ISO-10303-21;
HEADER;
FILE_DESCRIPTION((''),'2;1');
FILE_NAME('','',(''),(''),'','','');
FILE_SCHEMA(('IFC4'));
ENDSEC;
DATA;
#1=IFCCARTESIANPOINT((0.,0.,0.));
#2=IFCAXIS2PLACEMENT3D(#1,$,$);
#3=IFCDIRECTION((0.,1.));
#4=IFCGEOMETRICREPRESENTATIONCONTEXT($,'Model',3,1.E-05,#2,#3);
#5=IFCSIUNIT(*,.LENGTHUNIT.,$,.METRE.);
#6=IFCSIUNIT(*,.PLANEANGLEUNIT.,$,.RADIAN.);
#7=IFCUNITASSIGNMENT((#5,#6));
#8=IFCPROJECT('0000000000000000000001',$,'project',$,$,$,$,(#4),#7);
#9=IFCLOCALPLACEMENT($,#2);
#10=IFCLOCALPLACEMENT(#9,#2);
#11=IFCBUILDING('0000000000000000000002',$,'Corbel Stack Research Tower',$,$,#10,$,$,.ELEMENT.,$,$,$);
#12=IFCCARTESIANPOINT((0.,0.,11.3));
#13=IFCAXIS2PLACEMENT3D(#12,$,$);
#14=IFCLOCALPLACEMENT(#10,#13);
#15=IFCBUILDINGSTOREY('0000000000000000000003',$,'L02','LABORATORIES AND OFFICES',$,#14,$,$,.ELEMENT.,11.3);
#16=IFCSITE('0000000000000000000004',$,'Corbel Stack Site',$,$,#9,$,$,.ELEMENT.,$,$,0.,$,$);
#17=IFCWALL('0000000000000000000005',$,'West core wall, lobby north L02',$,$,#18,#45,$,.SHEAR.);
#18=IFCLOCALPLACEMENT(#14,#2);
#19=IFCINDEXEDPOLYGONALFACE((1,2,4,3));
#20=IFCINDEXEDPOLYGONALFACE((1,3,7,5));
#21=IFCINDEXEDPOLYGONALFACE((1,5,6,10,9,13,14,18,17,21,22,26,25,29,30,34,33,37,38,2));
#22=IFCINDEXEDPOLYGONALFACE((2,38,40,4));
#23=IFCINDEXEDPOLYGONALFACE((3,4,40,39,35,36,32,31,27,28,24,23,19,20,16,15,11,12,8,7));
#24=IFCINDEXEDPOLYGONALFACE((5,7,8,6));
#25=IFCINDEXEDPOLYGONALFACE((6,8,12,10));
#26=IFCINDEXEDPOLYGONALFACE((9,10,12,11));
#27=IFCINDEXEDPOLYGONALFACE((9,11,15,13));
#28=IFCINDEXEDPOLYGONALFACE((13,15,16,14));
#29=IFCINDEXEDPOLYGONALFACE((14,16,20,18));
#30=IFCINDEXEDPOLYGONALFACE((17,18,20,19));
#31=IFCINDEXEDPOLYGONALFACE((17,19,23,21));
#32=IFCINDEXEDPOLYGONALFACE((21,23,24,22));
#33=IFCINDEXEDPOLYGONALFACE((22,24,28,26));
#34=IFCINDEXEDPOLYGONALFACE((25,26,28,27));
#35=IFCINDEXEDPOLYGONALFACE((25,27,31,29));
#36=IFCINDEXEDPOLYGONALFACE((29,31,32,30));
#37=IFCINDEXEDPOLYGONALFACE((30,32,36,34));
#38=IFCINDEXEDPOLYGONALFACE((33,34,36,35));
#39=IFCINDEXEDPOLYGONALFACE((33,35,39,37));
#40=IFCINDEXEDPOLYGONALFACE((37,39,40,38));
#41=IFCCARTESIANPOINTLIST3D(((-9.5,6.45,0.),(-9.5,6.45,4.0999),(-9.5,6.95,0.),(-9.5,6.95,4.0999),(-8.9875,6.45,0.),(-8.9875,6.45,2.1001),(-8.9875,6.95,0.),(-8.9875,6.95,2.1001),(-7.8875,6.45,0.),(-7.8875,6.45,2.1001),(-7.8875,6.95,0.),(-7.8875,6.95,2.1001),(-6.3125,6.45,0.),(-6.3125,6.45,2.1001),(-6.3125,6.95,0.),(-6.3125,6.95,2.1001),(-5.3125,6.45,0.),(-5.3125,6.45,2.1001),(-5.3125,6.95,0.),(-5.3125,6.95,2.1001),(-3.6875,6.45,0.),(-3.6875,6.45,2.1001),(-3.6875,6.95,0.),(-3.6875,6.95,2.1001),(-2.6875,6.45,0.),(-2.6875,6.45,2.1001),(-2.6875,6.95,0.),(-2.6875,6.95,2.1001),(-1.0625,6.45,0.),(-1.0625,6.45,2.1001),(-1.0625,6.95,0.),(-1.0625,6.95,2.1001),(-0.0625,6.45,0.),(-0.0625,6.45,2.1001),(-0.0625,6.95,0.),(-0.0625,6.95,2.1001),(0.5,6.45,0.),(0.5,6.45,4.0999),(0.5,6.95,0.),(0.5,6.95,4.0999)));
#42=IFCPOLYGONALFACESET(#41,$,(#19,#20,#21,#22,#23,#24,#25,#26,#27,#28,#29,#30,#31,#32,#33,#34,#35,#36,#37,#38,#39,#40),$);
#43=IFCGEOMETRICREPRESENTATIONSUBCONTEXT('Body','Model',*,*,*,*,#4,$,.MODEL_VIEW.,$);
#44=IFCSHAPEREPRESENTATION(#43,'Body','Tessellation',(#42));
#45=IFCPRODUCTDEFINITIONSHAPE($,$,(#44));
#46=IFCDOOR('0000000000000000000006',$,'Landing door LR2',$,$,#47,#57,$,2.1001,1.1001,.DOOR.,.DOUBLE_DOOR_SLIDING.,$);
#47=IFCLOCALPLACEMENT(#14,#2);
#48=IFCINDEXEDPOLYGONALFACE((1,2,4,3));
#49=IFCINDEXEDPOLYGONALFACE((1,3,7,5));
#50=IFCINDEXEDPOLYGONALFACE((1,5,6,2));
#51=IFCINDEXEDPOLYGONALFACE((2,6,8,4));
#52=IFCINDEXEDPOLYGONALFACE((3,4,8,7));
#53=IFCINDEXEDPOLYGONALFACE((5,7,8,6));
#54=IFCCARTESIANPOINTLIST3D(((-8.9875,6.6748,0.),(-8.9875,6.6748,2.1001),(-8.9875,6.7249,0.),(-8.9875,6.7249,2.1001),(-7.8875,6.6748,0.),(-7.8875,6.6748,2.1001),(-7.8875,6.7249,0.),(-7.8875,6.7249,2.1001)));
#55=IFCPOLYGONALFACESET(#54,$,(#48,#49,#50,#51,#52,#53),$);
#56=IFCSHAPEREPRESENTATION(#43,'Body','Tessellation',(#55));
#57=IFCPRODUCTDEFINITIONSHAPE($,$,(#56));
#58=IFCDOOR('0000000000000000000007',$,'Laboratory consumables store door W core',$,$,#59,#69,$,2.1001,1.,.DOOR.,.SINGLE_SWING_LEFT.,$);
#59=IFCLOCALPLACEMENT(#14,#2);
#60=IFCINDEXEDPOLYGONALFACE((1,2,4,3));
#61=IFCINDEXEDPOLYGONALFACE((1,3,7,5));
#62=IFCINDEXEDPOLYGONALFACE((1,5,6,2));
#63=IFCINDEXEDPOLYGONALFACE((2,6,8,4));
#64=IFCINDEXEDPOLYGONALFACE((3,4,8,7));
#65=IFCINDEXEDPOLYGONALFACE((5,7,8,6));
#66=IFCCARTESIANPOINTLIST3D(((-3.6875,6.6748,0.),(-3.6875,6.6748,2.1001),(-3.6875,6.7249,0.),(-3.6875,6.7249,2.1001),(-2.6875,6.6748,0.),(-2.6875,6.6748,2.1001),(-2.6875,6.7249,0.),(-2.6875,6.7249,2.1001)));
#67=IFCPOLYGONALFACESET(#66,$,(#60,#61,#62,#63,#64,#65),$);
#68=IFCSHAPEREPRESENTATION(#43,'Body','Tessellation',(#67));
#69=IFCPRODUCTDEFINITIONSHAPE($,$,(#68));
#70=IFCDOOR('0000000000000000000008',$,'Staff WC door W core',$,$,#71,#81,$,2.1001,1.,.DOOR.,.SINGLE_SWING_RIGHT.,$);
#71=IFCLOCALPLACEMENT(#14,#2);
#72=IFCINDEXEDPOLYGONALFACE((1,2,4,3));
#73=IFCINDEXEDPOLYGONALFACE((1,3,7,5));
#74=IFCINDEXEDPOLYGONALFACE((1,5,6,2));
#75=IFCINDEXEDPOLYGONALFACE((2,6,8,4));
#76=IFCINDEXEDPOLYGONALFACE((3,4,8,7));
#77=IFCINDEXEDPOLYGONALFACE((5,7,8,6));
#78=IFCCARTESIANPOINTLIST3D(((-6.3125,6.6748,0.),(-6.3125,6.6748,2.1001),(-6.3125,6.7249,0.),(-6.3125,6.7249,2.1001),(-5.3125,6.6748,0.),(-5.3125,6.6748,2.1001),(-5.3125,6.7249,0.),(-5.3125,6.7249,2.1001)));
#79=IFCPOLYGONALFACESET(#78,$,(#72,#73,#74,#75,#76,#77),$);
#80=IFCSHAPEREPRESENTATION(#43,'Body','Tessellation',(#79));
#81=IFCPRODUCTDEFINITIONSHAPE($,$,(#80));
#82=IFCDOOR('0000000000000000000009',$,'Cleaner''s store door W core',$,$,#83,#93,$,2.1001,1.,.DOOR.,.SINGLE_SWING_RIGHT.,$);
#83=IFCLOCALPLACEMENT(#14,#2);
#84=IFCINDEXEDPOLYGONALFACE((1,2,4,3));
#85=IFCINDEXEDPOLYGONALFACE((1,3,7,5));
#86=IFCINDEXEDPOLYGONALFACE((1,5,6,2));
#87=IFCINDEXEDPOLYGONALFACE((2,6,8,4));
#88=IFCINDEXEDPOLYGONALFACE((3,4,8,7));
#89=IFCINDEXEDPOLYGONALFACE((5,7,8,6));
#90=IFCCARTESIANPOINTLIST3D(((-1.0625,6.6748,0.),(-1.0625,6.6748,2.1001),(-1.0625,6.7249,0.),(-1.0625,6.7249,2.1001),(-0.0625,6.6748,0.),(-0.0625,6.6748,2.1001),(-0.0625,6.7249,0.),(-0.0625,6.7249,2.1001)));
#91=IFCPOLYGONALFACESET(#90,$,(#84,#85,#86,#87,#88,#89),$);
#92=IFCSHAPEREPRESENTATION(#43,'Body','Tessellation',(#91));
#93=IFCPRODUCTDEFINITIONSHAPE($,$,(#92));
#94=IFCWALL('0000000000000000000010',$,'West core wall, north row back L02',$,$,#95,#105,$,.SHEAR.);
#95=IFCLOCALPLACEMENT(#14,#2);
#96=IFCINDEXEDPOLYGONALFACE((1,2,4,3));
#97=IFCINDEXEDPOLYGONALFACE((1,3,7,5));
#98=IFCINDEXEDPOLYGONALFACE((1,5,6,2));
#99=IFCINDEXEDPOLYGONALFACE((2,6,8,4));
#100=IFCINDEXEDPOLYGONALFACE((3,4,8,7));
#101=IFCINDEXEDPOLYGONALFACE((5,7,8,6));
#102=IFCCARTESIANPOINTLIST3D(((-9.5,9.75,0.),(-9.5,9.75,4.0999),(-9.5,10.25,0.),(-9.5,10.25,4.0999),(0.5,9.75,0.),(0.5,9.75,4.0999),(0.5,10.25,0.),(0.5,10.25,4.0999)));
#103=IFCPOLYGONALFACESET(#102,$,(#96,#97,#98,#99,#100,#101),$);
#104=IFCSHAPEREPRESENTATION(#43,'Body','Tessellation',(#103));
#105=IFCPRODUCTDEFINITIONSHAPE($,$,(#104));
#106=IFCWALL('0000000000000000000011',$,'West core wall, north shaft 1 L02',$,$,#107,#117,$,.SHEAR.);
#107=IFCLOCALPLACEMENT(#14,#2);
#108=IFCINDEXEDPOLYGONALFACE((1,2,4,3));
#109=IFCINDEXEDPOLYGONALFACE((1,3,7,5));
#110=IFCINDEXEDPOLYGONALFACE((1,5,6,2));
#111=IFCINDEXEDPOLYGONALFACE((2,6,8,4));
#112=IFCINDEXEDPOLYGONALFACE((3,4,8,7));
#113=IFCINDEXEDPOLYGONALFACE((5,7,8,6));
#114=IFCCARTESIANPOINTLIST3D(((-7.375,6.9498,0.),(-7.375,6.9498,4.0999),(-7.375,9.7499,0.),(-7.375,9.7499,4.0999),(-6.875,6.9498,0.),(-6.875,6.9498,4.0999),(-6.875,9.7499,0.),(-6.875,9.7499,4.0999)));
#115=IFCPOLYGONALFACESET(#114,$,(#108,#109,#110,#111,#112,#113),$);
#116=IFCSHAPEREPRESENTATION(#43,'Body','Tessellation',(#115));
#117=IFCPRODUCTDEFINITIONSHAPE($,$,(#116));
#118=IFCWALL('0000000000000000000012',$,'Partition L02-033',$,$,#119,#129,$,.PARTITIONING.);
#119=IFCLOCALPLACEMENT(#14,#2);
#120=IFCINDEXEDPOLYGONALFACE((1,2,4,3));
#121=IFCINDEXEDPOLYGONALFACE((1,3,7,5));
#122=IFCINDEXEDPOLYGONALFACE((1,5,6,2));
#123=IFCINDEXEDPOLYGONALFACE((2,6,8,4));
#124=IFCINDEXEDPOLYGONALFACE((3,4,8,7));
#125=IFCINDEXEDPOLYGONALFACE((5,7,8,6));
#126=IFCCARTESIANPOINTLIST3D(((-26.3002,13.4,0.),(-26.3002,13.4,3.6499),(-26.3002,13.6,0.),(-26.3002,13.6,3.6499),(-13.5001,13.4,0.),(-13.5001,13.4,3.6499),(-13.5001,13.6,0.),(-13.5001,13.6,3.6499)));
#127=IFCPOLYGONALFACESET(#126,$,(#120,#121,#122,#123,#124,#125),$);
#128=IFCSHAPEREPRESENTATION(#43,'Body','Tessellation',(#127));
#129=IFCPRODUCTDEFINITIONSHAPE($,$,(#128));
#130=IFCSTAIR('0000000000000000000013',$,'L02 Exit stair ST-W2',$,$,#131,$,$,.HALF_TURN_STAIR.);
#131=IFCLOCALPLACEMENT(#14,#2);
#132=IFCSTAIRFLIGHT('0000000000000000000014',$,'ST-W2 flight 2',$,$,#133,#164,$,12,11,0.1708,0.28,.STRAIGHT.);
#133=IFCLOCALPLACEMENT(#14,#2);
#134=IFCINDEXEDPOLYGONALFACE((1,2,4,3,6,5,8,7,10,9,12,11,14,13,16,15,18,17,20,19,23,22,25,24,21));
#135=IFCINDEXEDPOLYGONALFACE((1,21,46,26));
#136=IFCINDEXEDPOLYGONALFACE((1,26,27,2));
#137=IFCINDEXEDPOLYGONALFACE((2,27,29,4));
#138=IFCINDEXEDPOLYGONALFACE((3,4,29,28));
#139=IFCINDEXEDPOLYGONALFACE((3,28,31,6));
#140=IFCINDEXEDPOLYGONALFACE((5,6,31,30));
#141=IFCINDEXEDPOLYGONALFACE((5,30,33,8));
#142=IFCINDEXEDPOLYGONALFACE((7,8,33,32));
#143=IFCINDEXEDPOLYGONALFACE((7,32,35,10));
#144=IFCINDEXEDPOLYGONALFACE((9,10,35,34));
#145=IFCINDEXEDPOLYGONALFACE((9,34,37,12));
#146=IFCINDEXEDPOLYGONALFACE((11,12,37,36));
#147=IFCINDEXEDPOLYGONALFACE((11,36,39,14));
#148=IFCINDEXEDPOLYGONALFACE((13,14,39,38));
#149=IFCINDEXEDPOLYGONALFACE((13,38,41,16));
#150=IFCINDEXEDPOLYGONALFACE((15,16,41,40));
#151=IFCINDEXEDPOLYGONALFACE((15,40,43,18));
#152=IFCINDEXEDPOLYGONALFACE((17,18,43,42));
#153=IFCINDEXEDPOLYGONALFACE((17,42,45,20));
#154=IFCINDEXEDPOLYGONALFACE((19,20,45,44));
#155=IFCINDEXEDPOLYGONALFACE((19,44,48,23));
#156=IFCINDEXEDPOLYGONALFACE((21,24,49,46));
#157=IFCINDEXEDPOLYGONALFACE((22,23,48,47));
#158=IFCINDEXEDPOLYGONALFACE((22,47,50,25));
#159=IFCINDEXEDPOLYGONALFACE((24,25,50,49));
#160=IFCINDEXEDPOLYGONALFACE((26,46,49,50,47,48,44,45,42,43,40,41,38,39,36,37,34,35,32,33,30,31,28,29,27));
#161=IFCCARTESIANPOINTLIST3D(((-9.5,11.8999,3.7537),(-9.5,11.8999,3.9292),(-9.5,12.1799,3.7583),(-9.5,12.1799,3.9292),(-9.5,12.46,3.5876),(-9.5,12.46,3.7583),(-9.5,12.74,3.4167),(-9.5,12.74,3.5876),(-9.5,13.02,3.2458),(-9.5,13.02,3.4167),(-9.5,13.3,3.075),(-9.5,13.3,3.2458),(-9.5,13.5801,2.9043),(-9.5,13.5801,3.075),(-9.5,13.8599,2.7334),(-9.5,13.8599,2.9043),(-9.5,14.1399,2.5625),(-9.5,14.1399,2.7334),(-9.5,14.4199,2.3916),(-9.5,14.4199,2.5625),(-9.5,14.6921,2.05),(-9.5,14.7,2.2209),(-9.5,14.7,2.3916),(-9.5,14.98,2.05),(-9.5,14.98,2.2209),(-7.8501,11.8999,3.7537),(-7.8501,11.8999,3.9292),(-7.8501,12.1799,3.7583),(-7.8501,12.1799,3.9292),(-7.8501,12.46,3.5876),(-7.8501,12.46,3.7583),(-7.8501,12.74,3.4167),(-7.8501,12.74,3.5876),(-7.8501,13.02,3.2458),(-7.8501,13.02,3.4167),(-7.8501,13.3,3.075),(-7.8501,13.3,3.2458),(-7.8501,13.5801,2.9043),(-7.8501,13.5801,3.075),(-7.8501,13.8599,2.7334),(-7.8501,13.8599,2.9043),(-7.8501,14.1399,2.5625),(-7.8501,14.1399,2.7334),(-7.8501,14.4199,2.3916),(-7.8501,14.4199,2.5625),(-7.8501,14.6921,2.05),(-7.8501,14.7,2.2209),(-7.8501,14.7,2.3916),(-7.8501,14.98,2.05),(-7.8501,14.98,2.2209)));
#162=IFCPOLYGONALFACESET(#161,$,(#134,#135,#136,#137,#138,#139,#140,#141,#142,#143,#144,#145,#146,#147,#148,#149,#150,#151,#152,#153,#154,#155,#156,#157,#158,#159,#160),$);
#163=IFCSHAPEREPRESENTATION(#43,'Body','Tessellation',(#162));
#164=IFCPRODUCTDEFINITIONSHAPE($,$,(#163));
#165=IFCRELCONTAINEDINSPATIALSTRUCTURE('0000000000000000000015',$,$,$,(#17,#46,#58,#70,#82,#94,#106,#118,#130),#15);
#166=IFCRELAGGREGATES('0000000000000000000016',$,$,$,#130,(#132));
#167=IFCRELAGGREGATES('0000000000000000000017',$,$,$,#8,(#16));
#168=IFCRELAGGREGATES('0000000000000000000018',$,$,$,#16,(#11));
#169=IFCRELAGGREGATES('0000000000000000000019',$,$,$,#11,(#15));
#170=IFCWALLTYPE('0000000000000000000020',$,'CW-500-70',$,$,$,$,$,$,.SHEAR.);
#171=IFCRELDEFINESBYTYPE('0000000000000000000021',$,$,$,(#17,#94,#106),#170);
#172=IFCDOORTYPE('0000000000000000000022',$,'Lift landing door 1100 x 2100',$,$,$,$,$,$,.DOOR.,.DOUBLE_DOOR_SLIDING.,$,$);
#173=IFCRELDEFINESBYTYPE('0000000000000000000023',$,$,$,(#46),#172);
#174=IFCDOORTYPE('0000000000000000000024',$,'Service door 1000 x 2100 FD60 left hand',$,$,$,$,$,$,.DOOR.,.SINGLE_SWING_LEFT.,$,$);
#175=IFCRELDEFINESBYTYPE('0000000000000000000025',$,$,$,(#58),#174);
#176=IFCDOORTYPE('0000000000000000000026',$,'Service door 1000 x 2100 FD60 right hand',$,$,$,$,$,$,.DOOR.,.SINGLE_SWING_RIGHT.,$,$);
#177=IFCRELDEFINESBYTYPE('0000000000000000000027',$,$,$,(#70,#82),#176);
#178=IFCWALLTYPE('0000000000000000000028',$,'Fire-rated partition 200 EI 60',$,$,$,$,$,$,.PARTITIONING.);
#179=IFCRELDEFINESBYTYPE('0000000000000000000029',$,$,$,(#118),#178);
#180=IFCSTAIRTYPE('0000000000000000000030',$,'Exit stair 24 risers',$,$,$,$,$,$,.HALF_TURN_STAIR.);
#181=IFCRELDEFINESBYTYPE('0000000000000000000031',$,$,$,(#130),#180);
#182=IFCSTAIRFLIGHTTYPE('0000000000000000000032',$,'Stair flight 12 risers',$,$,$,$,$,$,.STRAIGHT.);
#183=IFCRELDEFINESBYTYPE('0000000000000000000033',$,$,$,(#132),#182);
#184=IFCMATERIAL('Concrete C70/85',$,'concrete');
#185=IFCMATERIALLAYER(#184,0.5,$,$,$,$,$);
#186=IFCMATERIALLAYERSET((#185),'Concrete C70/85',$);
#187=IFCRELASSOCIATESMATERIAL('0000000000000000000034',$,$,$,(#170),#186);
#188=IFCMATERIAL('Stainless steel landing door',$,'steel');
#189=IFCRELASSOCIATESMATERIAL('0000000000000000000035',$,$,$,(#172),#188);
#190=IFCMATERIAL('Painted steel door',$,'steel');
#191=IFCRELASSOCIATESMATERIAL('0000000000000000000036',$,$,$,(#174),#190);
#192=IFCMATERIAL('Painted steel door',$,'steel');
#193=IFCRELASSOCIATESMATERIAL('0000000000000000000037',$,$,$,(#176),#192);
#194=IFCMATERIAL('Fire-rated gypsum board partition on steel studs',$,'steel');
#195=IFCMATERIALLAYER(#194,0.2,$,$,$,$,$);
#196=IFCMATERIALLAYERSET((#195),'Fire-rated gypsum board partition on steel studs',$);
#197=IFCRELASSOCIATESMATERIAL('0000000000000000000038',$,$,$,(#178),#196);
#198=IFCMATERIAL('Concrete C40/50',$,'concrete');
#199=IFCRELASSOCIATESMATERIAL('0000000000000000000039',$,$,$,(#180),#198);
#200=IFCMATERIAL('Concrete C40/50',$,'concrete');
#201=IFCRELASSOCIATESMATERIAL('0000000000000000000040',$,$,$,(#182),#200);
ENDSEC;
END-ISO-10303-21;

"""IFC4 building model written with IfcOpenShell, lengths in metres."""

from ifc_helpers import new_model, si_unit, direction, frame, frame_2d, origin, place, context, subcontext, project, spatial, polyline, rectangle, outline, extrude, material, layer, layer_set, type_object, element, fill, aggregate, save


model = new_model("IFC4")

# Units and contexts
model_context = context("Model", 3, precision=1e-05, world=origin(), true_north=direction((0.0, 1.0)))
body_context = subcontext(model_context, "Body", "Model", "MODEL_VIEW")
ifc_project = project(units=[si_unit("LENGTHUNIT", "METRE"), si_unit("PLANEANGLEUNIT", "RADIAN")], contexts=[model_context])

# Site, building, storey
site_placement = place(None, origin())
site = spatial("IfcSite", under=ifc_project, at=site_placement, Name="Corbel Stack Site", CompositionType="ELEMENT", RefElevation=0.0)
building_placement = place(site_placement, origin())
building = spatial("IfcBuilding", under=site, at=building_placement, Name="Corbel Stack Research Tower", CompositionType="ELEMENT")
storey_placement = place(building_placement, frame((0.0, 0.0, 11.3)))
storey = spatial("IfcBuildingStorey", under=building, at=storey_placement, Name="L02", Description="LABORATORIES AND OFFICES", CompositionType="ELEMENT", Elevation=11.3)

# Wall, openings, doors
ifc_material_1 = material(Name="Concrete C70/85", Category="concrete")
ifc_layer_1 = layer(ifc_material_1, 0.5)
ifc_layer_set_1 = layer_set([ifc_layer_1], Name="Concrete C70/85")
wall_type_1 = type_object("IfcWallType", Name="CW-500-70", PredefinedType="SHEAR", material=ifc_layer_set_1)
ifc_material_2 = material(Name="Stainless steel landing door", Category="steel")
door_type_1 = type_object("IfcDoorType", Name="Lift landing door 1100 x 2100", OperationType="DOUBLE_DOOR_SLIDING", PredefinedType="DOOR", material=ifc_material_2)
wall_1_placement = place(storey_placement, frame((-9.5, 6.7, 0.0), z_axis=(0.0, 0.0, 1.0), x_axis=(1.0, 0.0, 0.0)))
wall_1 = element("IfcWall", 1, at=wall_1_placement, inside=storey, type_object=wall_type_1, Name="West core wall, lobby north L02", PredefinedType="SHEAR", context=body_context, shape_type="SweptSolid", body=[
    extrude(rectangle(XDim=10.0, YDim=0.5, at=frame_2d((5.0, 0.0))), origin(), (0.0, 0.0, 1.0), 4.0999),
])
opening_1_placement = place(wall_1_placement, frame((0.5125, 0.0, 0.0)))
opening_1 = element("IfcOpeningElement", 2, at=opening_1_placement, cuts=wall_1, PredefinedType="OPENING", context=body_context, shape_type="SweptSolid", body=[
    extrude(rectangle(XDim=1.1001, YDim=2.1001, at=frame_2d((0.55, 1.05))), frame((0.0, 0.26, 0.0), z_axis=(0.0, -1.0, 0.0), x_axis=(1.0, 0.0, 0.0)), (0.0, 0.0, 1.0), 0.52),
])
opening_2_placement = place(wall_1_placement, frame((3.1875, 0.0, 0.0)))
opening_2 = element("IfcOpeningElement", 3, at=opening_2_placement, cuts=wall_1, PredefinedType="OPENING", context=body_context, shape_type="SweptSolid", body=[
    extrude(rectangle(XDim=1.0, YDim=2.1001, at=frame_2d((0.5, 1.05))), frame((0.0, 0.26, 0.0), z_axis=(0.0, -1.0, 0.0), x_axis=(1.0, 0.0, 0.0)), (0.0, 0.0, 1.0), 0.52),
])
opening_3_placement = place(wall_1_placement, frame((5.8125, 0.0, 0.0)))
opening_3 = element("IfcOpeningElement", 4, at=opening_3_placement, cuts=wall_1, PredefinedType="OPENING", context=body_context, shape_type="SweptSolid", body=[
    extrude(rectangle(XDim=1.0, YDim=2.1001, at=frame_2d((0.5, 1.05))), frame((0.0, 0.26, 0.0), z_axis=(0.0, -1.0, 0.0), x_axis=(1.0, 0.0, 0.0)), (0.0, 0.0, 1.0), 0.52),
])
opening_4_placement = place(wall_1_placement, frame((8.4375, 0.0, 0.0)))
opening_4 = element("IfcOpeningElement", 5, at=opening_4_placement, cuts=wall_1, PredefinedType="OPENING", context=body_context, shape_type="SweptSolid", body=[
    extrude(rectangle(XDim=1.0, YDim=2.1001, at=frame_2d((0.5, 1.05))), frame((0.0, 0.26, 0.0), z_axis=(0.0, -1.0, 0.0), x_axis=(1.0, 0.0, 0.0)), (0.0, 0.0, 1.0), 0.52),
])
door_1_placement = place(opening_1_placement, origin())
door_1 = element("IfcDoor", 6, at=door_1_placement, inside=storey, type_object=door_type_1, Name="Landing door LR2", OperationType="DOUBLE_DOOR_SLIDING", OverallHeight=2.1001, OverallWidth=1.1001, PredefinedType="DOOR", context=body_context, shape_type="SweptSolid", body=[
    extrude(rectangle(XDim=1.1001, YDim=2.1001, at=frame_2d((0.55, 1.05))), frame((0.0, 0.0249, 0.0), z_axis=(0.0, -1.0, 0.0), x_axis=(1.0, 0.0, 0.0)), (0.0, 0.0, 1.0), 0.05),
])
fill(opening_1, door_1)
ifc_material_3 = material(Name="Painted steel door", Category="steel")
door_type_2 = type_object("IfcDoorType", Name="Service door 1000 x 2100 FD60 left hand", OperationType="SINGLE_SWING_LEFT", PredefinedType="DOOR", material=ifc_material_3)
door_2_placement = place(opening_3_placement, origin())
door_2 = element("IfcDoor", 7, at=door_2_placement, inside=storey, type_object=door_type_2, Name="Laboratory consumables store door W core", OperationType="SINGLE_SWING_LEFT", OverallHeight=2.1001, OverallWidth=1.0, PredefinedType="DOOR", context=body_context, shape_type="SweptSolid", body=[
    extrude(rectangle(XDim=1.0, YDim=2.1001, at=frame_2d((0.5, 1.05))), frame((0.0, 0.0249, 0.0), z_axis=(0.0, -1.0, 0.0), x_axis=(1.0, 0.0, 0.0)), (0.0, 0.0, 1.0), 0.05),
])
fill(opening_3, door_2)
ifc_material_4 = material(Name="Painted steel door", Category="steel")
door_type_3 = type_object("IfcDoorType", Name="Service door 1000 x 2100 FD60 right hand", OperationType="SINGLE_SWING_RIGHT", PredefinedType="DOOR", material=ifc_material_4)
door_3_placement = place(opening_2_placement, origin())
door_3 = element("IfcDoor", 8, at=door_3_placement, inside=storey, type_object=door_type_3, Name="Staff WC door W core", OperationType="SINGLE_SWING_RIGHT", OverallHeight=2.1001, OverallWidth=1.0, PredefinedType="DOOR", context=body_context, shape_type="SweptSolid", body=[
    extrude(rectangle(XDim=1.0, YDim=2.1001, at=frame_2d((0.5, 1.05))), frame((0.0, 0.0249, 0.0), z_axis=(0.0, -1.0, 0.0), x_axis=(1.0, 0.0, 0.0)), (0.0, 0.0, 1.0), 0.05),
])
fill(opening_2, door_3)
door_4_placement = place(opening_4_placement, origin())
door_4 = element("IfcDoor", 9, at=door_4_placement, inside=storey, type_object=door_type_3, Name="Cleaner's store door W core", OperationType="SINGLE_SWING_RIGHT", OverallHeight=2.1001, OverallWidth=1.0, PredefinedType="DOOR", context=body_context, shape_type="SweptSolid", body=[
    extrude(rectangle(XDim=1.0, YDim=2.1001, at=frame_2d((0.5, 1.05))), frame((0.0, 0.0249, 0.0), z_axis=(0.0, -1.0, 0.0), x_axis=(1.0, 0.0, 0.0)), (0.0, 0.0, 1.0), 0.05),
])
fill(opening_4, door_4)

# Walls
wall_2_placement = place(storey_placement, frame((-9.5, 10.0, 0.0), z_axis=(0.0, 0.0, 1.0), x_axis=(1.0, 0.0, 0.0)))
element("IfcWall", 10, at=wall_2_placement, inside=storey, type_object=wall_type_1, Name="West core wall, north row back L02", PredefinedType="SHEAR", context=body_context, shape_type="SweptSolid", body=[
    extrude(rectangle(XDim=10.0, YDim=0.5, at=frame_2d((5.0, 0.0))), origin(), (0.0, 0.0, 1.0), 4.0999),
])
wall_3_placement = place(storey_placement, frame((-7.125, 6.95, 0.0), z_axis=(0.0, 0.0, 1.0), x_axis=(0.0, 1.0, 0.0)))
element("IfcWall", 11, at=wall_3_placement, inside=storey, type_object=wall_type_1, Name="West core wall, north shaft 1 L02", PredefinedType="SHEAR", context=body_context, shape_type="SweptSolid", body=[
    extrude(rectangle(XDim=2.8, YDim=0.5, at=frame_2d((1.3999, 0.0))), origin(), (0.0, 0.0, 1.0), 4.0999),
])
ifc_material_5 = material(Name="Fire-rated gypsum board partition on steel studs", Category="steel")
ifc_layer_2 = layer(ifc_material_5, 0.2)
ifc_layer_set_2 = layer_set([ifc_layer_2], Name="Fire-rated gypsum board partition on steel studs")
wall_type_2 = type_object("IfcWallType", Name="Fire-rated partition 200 EI 60", PredefinedType="PARTITIONING", material=ifc_layer_set_2)
wall_4_placement = place(storey_placement, frame((-26.3, 13.5, 0.0), z_axis=(0.0, 0.0, 1.0), x_axis=(1.0, 0.0, 0.0)))
element("IfcWall", 12, at=wall_4_placement, inside=storey, type_object=wall_type_2, Name="Partition L02-033", PredefinedType="PARTITIONING", context=body_context, shape_type="SweptSolid", body=[
    extrude(rectangle(XDim=12.8, YDim=0.2, at=frame_2d((6.3999, 0.0))), origin(), (0.0, 0.0, 1.0), 3.6499),
])

# Stair, stair flight
ifc_material_6 = material(Name="Concrete C40/50", Category="concrete")
stair_type = type_object("IfcStairType", Name="Exit stair 24 risers", PredefinedType="HALF_TURN_STAIR", material=ifc_material_6)
stair_placement = place(storey_placement, origin())
stair = element("IfcStair", 13, at=stair_placement, inside=storey, type_object=stair_type, Name="L02 Exit stair ST-W2", PredefinedType="HALF_TURN_STAIR")
ifc_material_7 = material(Name="Concrete C40/50", Category="concrete")
stair_flight_type = type_object("IfcStairFlightType", Name="Stair flight 12 risers", PredefinedType="STRAIGHT", material=ifc_material_7)
stair_flight_placement = place(storey_placement, frame((-8.675, 14.98, 2.05), z_axis=(0.0, 0.0, 1.0), x_axis=(0.0, -1.0, 0.0)))
stair_flight = element("IfcStairFlight", 14, at=stair_flight_placement, type_object=stair_flight_type, Name="ST-W2 flight 2", NumberOfRisers=12, NumberOfTreads=11, PredefinedType="STRAIGHT", RiserHeight=0.1708, TreadLength=0.28, context=body_context, shape_type="SweptSolid", body=[
    extrude(outline(polyline([(0.0, 0.0), (0.0, 0.1709), (0.28, 0.1709), (0.28, 0.3416), (0.5601, 0.3416), (0.5601, 0.5125), (0.8401, 0.5125), (0.8401, 0.6833), (1.1201, 0.6833), (1.1201, 0.8542), (1.3999, 0.8542), (1.3999, 1.0249), (1.6799, 1.0249), (1.6799, 1.1958), (1.96, 1.1958), (1.96, 1.3667), (2.24, 1.3667), (2.24, 1.5376), (2.52, 1.5376), (2.52, 1.7083), (2.8, 1.7083), (2.8, 1.8792), (3.0801, 1.8792), (3.0801, 2.05), (3.0801, 1.7036), (0.2878, 0.0), (0.0, 0.0)])), frame((0.0, 0.825, 0.0), z_axis=(0.0, -1.0, 0.0), x_axis=(1.0, 0.0, 0.0)), (0.0, 0.0, 1.0), 1.6499),
])
aggregate(stair, [stair_flight])

save(model, "model.ifc")
